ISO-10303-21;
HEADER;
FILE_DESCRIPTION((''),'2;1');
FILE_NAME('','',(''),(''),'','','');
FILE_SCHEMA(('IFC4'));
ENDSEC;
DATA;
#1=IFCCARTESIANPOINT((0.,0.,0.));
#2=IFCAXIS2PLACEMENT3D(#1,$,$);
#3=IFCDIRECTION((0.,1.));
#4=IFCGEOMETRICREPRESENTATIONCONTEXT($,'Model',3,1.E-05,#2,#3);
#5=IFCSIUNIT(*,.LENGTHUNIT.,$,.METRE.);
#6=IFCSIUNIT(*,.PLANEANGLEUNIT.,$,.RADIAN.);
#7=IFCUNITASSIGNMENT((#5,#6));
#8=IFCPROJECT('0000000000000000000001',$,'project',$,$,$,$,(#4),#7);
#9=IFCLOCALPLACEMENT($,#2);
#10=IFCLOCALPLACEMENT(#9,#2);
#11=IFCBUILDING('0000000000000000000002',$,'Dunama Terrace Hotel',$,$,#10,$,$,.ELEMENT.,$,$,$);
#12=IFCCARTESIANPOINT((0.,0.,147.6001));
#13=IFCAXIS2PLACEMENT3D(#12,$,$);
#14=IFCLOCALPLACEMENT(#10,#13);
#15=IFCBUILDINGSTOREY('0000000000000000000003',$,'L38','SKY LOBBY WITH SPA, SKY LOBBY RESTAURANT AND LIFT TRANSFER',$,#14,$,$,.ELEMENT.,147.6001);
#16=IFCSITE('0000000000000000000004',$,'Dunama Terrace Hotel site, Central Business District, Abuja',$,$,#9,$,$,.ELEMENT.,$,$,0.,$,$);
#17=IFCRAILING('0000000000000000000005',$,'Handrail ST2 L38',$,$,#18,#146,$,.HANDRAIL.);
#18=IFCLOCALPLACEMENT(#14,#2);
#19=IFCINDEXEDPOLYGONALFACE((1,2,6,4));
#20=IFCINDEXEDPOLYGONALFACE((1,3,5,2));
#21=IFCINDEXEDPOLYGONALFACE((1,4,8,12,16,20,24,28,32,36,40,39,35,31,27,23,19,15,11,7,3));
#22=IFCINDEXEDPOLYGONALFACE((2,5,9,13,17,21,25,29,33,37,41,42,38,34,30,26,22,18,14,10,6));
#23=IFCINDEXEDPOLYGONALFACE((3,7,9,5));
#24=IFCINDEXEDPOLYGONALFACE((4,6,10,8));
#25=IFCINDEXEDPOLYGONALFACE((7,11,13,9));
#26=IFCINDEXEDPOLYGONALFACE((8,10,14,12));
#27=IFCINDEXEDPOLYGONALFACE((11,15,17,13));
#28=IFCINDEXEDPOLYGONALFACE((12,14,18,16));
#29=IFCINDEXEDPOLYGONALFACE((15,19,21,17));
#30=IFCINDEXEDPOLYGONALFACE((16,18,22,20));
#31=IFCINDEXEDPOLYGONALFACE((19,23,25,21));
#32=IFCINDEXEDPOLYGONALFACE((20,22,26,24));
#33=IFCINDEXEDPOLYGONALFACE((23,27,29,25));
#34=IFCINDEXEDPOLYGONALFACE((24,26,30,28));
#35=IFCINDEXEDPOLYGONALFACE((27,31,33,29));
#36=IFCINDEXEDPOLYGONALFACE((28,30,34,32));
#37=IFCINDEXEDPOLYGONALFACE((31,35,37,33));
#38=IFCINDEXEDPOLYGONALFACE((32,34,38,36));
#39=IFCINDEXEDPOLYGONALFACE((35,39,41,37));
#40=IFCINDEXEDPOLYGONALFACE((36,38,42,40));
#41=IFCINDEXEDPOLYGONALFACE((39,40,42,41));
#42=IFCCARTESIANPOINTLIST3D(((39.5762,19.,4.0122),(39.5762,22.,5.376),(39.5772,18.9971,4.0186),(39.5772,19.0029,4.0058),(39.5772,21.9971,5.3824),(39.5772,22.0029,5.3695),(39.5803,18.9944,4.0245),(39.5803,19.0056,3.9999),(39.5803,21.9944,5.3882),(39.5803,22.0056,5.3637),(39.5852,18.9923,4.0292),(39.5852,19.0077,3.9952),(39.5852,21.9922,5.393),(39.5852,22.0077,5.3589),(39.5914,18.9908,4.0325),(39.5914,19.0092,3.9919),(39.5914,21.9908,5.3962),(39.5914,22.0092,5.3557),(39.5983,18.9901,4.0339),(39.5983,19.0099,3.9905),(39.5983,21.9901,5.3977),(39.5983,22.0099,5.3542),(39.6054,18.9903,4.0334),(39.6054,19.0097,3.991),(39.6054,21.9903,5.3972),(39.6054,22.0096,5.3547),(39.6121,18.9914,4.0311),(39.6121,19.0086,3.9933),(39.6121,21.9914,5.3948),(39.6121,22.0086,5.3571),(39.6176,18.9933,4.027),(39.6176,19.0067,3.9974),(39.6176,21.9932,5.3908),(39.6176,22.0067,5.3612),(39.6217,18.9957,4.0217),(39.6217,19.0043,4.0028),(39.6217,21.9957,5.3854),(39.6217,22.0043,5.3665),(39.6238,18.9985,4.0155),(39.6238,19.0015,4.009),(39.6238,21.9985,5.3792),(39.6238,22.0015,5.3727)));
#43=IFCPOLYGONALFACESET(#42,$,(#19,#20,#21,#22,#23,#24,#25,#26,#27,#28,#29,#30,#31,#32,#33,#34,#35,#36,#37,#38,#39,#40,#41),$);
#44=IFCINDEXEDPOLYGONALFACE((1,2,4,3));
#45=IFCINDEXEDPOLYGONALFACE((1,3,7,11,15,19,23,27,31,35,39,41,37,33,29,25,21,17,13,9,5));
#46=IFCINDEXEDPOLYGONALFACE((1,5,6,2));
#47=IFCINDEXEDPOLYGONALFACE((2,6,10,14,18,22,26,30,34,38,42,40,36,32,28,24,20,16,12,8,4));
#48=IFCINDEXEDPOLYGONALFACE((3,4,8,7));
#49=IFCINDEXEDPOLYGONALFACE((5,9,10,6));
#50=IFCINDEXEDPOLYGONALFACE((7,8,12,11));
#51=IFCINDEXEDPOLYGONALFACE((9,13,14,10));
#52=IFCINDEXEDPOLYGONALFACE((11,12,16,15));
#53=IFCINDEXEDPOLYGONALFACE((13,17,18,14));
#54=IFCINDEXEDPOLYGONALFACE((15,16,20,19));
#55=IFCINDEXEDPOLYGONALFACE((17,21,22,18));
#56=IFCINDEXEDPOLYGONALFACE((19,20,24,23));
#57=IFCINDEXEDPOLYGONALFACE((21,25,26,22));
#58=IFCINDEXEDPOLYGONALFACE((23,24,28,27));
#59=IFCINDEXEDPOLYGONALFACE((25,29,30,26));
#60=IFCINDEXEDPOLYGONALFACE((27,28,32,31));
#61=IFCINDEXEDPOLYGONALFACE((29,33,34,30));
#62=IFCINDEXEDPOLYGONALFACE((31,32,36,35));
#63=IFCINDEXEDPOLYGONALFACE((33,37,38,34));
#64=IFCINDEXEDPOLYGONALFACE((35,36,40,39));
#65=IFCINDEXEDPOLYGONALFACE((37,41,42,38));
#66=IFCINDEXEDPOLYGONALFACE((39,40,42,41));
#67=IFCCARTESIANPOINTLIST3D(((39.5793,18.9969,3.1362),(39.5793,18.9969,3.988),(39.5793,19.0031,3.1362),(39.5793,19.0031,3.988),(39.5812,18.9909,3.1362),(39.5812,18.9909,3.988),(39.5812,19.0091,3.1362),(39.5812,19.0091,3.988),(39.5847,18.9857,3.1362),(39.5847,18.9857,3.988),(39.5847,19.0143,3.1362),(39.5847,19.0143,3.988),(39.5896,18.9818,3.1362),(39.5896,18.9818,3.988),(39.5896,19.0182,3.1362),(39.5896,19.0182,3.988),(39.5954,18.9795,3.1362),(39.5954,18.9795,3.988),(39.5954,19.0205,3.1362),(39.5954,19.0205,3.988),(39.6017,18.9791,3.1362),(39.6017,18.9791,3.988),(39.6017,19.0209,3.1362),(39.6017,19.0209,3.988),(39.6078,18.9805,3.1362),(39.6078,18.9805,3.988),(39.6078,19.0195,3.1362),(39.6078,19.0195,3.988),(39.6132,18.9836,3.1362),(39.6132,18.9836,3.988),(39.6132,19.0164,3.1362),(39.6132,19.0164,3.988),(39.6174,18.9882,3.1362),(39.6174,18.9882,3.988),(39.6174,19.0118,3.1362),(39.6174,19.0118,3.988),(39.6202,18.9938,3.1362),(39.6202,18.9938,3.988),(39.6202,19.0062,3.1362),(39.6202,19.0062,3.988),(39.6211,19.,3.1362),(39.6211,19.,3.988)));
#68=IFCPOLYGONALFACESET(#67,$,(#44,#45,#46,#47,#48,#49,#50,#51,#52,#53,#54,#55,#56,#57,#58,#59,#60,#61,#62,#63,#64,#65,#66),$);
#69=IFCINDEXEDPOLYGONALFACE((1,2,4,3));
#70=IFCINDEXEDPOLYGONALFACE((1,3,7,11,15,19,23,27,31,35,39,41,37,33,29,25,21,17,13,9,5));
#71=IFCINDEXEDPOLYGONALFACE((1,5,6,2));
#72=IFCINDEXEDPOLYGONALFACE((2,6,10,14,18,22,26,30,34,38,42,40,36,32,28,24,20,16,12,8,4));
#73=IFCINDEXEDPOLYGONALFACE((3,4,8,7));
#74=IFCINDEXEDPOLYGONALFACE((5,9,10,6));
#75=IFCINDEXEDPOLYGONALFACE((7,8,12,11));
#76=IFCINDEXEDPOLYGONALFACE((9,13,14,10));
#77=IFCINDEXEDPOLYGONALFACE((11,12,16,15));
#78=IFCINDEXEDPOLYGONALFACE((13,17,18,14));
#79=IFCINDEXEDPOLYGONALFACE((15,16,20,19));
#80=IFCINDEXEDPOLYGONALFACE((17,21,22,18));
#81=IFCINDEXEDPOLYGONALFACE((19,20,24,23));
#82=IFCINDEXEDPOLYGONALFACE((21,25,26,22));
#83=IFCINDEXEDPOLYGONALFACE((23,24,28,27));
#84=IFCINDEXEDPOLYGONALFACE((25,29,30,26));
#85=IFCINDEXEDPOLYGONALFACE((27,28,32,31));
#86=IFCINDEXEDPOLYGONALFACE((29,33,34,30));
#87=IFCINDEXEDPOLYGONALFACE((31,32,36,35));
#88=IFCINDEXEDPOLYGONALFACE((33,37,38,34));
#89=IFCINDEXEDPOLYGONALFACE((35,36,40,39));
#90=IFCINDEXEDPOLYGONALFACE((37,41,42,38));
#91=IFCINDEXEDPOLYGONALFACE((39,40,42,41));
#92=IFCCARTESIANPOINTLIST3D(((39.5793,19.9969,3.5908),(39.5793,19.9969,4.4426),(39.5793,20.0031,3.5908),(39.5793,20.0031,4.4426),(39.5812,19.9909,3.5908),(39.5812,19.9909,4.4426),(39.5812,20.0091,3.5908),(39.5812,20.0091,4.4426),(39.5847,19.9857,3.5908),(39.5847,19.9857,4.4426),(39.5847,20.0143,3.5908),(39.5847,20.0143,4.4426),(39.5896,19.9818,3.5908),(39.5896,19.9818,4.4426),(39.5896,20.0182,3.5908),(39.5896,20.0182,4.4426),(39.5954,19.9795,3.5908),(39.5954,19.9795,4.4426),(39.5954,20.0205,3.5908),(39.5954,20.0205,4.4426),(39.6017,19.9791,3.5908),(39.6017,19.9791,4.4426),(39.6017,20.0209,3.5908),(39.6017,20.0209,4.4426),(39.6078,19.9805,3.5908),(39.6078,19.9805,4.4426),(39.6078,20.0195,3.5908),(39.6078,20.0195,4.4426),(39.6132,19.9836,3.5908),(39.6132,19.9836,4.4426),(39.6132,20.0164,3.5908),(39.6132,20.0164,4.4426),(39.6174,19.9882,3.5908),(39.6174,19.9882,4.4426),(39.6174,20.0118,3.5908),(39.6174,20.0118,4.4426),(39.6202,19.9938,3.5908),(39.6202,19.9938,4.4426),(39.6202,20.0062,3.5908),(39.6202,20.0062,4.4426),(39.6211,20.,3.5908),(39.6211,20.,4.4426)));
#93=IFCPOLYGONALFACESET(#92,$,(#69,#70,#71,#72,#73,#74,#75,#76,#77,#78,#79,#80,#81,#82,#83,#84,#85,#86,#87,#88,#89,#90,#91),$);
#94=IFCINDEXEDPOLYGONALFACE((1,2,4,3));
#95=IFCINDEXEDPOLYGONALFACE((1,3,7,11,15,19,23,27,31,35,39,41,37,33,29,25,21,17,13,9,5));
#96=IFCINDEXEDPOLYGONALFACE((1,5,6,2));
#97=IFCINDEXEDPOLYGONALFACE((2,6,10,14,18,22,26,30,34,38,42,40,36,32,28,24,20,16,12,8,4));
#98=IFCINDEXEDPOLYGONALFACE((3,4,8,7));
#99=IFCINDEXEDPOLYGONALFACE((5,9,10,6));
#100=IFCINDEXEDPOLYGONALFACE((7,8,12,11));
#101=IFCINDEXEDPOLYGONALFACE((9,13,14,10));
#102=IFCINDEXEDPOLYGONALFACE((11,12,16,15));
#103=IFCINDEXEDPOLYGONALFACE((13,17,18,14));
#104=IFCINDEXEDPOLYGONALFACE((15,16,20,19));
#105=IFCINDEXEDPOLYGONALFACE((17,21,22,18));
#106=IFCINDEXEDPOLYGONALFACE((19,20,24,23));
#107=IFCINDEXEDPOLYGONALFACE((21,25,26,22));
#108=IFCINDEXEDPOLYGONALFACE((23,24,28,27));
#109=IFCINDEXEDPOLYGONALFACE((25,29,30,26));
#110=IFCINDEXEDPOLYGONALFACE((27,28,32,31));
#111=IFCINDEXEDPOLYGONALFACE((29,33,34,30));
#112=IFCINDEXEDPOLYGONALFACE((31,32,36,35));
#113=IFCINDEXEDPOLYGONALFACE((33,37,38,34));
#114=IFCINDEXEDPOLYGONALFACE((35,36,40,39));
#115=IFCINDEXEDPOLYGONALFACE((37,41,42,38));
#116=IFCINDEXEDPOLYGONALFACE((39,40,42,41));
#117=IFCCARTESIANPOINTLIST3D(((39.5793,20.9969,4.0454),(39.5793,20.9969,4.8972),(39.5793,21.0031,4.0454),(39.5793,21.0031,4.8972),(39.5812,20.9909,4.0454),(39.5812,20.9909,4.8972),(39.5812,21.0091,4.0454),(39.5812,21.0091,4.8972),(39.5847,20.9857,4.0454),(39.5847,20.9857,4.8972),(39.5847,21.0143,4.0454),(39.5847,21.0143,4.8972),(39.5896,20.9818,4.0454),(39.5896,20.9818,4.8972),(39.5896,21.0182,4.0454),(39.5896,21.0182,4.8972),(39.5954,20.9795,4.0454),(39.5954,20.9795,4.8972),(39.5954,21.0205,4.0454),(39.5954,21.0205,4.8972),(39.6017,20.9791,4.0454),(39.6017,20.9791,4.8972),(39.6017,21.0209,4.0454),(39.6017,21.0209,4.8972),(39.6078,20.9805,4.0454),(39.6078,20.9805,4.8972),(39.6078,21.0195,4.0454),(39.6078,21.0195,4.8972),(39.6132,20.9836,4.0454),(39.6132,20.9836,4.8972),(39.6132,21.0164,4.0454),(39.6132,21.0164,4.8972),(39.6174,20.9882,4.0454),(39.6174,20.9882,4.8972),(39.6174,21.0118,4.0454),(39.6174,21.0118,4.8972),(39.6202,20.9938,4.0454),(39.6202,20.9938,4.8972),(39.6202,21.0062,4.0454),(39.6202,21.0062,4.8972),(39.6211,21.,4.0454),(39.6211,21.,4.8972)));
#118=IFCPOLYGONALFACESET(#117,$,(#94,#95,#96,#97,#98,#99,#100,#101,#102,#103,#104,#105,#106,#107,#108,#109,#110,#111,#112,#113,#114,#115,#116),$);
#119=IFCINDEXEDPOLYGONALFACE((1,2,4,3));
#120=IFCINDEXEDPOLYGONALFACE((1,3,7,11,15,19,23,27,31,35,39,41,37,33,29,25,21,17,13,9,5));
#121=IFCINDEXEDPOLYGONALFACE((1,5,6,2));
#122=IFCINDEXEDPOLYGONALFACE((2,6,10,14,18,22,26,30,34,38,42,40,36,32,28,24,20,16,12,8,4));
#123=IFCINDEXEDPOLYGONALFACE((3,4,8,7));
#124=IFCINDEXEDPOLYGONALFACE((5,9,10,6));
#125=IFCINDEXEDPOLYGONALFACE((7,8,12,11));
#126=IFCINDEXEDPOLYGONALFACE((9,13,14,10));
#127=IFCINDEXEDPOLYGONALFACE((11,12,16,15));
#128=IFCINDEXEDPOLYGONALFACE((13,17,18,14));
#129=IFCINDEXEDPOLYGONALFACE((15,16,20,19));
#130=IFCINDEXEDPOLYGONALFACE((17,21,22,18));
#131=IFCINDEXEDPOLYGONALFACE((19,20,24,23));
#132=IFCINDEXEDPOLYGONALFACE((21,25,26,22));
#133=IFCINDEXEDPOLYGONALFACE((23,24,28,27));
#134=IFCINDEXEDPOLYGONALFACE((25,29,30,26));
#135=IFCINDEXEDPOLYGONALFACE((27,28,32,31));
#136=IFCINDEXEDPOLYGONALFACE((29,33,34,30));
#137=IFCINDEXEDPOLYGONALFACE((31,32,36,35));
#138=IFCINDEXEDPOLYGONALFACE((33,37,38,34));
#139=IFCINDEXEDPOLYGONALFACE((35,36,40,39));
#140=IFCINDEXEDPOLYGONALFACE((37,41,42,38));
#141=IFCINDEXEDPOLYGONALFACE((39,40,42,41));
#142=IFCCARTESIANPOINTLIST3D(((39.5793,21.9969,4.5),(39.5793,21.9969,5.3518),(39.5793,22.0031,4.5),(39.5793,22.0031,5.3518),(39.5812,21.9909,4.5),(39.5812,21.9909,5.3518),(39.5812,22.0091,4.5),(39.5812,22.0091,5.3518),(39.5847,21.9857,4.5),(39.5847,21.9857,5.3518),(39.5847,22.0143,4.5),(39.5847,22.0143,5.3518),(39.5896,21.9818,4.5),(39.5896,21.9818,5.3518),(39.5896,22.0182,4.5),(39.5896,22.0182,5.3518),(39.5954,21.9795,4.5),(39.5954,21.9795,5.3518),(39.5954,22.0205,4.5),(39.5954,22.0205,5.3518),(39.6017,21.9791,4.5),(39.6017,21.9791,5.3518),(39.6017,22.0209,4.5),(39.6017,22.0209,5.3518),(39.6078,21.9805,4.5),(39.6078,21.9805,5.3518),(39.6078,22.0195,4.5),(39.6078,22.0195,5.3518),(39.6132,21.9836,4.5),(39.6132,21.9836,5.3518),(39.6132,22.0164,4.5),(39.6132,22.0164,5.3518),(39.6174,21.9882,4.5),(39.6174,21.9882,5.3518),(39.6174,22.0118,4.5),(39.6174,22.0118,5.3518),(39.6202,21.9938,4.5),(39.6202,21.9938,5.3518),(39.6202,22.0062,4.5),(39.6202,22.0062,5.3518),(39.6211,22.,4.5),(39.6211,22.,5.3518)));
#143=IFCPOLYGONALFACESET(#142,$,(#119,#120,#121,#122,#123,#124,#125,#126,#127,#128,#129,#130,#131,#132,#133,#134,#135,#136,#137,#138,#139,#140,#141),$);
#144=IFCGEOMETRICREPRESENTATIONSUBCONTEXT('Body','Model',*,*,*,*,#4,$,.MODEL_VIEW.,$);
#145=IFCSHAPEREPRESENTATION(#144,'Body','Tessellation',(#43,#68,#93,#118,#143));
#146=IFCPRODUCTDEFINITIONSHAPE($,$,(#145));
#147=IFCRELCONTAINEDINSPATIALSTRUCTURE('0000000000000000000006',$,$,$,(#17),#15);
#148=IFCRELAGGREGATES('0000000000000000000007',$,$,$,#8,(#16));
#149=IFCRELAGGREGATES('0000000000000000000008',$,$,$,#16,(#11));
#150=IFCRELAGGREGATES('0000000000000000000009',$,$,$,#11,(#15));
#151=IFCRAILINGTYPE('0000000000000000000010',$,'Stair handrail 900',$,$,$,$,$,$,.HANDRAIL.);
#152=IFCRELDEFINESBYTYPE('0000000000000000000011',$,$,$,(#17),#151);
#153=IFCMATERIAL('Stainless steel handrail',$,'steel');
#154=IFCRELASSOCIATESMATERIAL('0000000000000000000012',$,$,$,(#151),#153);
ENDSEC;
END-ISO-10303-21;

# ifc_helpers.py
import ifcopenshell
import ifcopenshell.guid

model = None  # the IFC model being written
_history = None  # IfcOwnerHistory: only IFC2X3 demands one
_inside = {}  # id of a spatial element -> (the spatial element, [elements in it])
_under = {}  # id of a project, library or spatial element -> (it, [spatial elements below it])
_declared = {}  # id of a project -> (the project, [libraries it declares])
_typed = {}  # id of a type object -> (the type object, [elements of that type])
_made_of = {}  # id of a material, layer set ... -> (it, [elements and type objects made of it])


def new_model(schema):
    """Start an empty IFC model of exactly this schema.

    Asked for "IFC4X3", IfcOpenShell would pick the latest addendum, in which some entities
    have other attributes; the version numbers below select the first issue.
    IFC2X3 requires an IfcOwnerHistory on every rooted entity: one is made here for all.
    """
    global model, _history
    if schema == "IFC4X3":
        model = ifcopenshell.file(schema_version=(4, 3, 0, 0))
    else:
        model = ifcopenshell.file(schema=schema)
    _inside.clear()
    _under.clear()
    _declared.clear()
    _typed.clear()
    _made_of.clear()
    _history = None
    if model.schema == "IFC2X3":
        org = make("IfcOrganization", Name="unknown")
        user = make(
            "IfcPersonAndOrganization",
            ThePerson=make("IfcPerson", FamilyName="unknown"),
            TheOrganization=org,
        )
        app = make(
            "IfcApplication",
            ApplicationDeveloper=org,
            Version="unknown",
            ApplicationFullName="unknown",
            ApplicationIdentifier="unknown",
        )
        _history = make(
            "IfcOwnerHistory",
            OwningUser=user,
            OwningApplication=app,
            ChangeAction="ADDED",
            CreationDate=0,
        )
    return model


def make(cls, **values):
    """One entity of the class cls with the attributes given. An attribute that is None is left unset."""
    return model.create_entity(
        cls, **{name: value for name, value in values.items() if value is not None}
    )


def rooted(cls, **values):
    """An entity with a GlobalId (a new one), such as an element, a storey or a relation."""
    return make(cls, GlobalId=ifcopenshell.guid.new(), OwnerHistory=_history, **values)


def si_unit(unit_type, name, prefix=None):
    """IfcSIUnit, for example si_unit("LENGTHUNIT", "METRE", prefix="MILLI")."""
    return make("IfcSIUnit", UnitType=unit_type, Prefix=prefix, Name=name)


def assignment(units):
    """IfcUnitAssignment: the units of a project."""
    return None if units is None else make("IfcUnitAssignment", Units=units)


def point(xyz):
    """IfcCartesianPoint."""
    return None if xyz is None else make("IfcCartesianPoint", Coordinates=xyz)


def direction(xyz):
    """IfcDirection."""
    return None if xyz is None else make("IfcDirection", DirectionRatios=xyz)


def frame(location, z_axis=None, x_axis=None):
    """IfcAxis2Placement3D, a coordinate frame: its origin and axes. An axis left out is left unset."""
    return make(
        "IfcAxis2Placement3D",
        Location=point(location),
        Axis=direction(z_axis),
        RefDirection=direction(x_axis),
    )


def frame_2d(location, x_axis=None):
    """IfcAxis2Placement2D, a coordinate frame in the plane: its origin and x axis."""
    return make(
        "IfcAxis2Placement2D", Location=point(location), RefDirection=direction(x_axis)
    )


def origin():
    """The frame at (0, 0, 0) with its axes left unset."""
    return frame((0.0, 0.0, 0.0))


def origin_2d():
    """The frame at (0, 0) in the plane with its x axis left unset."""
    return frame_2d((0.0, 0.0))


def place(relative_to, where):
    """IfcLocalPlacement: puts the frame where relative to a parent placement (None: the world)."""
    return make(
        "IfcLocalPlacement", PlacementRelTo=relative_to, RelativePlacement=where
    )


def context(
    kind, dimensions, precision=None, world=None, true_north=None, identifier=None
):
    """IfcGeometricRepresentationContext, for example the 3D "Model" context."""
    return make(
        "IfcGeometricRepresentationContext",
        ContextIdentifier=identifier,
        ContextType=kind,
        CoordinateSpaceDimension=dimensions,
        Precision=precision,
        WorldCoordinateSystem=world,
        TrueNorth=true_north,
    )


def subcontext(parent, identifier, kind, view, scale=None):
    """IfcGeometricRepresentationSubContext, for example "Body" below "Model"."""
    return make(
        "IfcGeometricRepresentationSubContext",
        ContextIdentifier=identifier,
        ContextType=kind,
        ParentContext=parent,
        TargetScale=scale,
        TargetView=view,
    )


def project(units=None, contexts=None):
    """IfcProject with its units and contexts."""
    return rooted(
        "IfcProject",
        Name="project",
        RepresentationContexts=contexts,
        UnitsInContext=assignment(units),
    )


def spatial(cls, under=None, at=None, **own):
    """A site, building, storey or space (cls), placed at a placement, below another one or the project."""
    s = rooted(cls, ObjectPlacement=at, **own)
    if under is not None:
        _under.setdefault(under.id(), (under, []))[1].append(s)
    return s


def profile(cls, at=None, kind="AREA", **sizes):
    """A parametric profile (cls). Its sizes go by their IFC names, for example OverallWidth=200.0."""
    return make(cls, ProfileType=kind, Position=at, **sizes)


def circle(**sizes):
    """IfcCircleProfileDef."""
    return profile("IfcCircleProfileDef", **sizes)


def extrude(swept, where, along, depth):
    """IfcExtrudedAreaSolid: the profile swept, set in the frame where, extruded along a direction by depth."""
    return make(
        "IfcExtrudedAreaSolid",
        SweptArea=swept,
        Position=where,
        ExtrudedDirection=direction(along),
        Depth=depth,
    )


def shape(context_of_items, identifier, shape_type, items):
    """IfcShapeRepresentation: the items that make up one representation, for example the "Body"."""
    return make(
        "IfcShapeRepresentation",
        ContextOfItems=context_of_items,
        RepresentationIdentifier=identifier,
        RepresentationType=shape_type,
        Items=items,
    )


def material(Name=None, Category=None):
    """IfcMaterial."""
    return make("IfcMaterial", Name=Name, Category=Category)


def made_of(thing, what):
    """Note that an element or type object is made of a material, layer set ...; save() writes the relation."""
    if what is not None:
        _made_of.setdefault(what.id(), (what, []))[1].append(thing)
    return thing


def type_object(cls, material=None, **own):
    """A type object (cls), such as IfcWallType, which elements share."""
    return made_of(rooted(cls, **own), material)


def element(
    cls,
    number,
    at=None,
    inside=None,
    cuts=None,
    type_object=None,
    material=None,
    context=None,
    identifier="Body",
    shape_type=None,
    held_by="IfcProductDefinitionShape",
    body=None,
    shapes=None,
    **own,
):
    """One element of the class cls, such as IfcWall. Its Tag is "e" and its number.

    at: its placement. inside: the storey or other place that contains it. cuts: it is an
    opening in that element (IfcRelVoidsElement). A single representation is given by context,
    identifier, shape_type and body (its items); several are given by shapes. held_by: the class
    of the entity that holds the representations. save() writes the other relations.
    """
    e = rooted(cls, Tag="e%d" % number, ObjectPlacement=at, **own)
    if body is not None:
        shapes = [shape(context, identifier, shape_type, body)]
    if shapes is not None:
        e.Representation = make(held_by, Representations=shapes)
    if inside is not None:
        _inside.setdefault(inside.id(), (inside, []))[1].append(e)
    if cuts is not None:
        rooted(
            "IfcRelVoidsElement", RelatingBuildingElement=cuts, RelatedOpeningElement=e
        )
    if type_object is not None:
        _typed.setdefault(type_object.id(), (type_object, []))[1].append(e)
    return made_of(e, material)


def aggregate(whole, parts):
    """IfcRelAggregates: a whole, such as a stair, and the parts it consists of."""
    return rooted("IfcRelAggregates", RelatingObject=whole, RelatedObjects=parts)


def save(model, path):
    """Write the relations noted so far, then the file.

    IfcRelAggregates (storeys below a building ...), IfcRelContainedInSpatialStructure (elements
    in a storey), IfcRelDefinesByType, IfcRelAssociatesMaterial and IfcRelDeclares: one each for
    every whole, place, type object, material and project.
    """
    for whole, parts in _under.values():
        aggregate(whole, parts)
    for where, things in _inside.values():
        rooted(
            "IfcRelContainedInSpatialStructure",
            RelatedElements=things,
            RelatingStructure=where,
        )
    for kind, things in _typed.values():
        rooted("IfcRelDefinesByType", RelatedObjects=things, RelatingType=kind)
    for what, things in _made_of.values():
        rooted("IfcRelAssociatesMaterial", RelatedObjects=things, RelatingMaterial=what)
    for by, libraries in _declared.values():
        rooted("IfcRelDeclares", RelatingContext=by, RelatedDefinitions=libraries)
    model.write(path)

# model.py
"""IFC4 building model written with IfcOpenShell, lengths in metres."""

from ifc_helpers import new_model, si_unit, direction, frame, origin, origin_2d, place, context, subcontext, project, spatial, circle, extrude, material, type_object, element, save


model = new_model("IFC4")

# Units and contexts
model_context = context("Model", 3, precision=1e-05, world=origin(), true_north=direction((0.0, 1.0)))
body_context = subcontext(model_context, "Body", "Model", "MODEL_VIEW")
ifc_project = project(units=[si_unit("LENGTHUNIT", "METRE"), si_unit("PLANEANGLEUNIT", "RADIAN")], contexts=[model_context])

# Site, building, storey
site_placement = place(None, origin())
site = spatial("IfcSite", under=ifc_project, at=site_placement, Name="Dunama Terrace Hotel site, Central Business District, Abuja", CompositionType="ELEMENT", RefElevation=0.0)
building_placement = place(site_placement, origin())
building = spatial("IfcBuilding", under=site, at=building_placement, Name="Dunama Terrace Hotel", CompositionType="ELEMENT")
storey_placement = place(building_placement, frame((0.0, 0.0, 147.6001)))
storey = spatial("IfcBuildingStorey", under=building, at=storey_placement, Name="L38", Description="SKY LOBBY WITH SPA, SKY LOBBY RESTAURANT AND LIFT TRANSFER", CompositionType="ELEMENT", Elevation=147.6001)

# Railing
ifc_material_1 = material(Name="Stainless steel handrail", Category="steel")
railing_type = type_object("IfcRailingType", Name="Stair handrail 900", PredefinedType="HANDRAIL", material=ifc_material_1)
railing_1_placement = place(storey_placement, frame((39.6001, 19.0, 3.1362)))
element("IfcRailing", 1, at=railing_1_placement, inside=storey, type_object=railing_type, Name="Handrail ST2 L38", PredefinedType="HANDRAIL", context=body_context, shape_type="SweptSolid", body=[
    extrude(circle(Radius=0.0239, at=origin_2d()), frame((0.0, 0.0, 0.876), z_axis=(0.0, 0.910351, 0.413836), x_axis=(-1.0, 0.0, 0.0)), (0.0, 0.0, 1.0), 3.2954),
    extrude(circle(Radius=0.021, at=origin_2d()), origin(), (0.0, 0.0, 1.0), 0.8518),
    extrude(circle(Radius=0.021, at=origin_2d()), frame((0.0, 1.0, 0.4546)), (0.0, 0.0, 1.0), 0.8518),
    extrude(circle(Radius=0.021, at=origin_2d()), frame((0.0, 2.0, 0.9092)), (0.0, 0.0, 1.0), 0.8518),
    extrude(circle(Radius=0.021, at=origin_2d()), frame((0.0, 3.0, 1.3638)), (0.0, 0.0, 1.0), 0.8518),
])

save(model, "model.ifc")
